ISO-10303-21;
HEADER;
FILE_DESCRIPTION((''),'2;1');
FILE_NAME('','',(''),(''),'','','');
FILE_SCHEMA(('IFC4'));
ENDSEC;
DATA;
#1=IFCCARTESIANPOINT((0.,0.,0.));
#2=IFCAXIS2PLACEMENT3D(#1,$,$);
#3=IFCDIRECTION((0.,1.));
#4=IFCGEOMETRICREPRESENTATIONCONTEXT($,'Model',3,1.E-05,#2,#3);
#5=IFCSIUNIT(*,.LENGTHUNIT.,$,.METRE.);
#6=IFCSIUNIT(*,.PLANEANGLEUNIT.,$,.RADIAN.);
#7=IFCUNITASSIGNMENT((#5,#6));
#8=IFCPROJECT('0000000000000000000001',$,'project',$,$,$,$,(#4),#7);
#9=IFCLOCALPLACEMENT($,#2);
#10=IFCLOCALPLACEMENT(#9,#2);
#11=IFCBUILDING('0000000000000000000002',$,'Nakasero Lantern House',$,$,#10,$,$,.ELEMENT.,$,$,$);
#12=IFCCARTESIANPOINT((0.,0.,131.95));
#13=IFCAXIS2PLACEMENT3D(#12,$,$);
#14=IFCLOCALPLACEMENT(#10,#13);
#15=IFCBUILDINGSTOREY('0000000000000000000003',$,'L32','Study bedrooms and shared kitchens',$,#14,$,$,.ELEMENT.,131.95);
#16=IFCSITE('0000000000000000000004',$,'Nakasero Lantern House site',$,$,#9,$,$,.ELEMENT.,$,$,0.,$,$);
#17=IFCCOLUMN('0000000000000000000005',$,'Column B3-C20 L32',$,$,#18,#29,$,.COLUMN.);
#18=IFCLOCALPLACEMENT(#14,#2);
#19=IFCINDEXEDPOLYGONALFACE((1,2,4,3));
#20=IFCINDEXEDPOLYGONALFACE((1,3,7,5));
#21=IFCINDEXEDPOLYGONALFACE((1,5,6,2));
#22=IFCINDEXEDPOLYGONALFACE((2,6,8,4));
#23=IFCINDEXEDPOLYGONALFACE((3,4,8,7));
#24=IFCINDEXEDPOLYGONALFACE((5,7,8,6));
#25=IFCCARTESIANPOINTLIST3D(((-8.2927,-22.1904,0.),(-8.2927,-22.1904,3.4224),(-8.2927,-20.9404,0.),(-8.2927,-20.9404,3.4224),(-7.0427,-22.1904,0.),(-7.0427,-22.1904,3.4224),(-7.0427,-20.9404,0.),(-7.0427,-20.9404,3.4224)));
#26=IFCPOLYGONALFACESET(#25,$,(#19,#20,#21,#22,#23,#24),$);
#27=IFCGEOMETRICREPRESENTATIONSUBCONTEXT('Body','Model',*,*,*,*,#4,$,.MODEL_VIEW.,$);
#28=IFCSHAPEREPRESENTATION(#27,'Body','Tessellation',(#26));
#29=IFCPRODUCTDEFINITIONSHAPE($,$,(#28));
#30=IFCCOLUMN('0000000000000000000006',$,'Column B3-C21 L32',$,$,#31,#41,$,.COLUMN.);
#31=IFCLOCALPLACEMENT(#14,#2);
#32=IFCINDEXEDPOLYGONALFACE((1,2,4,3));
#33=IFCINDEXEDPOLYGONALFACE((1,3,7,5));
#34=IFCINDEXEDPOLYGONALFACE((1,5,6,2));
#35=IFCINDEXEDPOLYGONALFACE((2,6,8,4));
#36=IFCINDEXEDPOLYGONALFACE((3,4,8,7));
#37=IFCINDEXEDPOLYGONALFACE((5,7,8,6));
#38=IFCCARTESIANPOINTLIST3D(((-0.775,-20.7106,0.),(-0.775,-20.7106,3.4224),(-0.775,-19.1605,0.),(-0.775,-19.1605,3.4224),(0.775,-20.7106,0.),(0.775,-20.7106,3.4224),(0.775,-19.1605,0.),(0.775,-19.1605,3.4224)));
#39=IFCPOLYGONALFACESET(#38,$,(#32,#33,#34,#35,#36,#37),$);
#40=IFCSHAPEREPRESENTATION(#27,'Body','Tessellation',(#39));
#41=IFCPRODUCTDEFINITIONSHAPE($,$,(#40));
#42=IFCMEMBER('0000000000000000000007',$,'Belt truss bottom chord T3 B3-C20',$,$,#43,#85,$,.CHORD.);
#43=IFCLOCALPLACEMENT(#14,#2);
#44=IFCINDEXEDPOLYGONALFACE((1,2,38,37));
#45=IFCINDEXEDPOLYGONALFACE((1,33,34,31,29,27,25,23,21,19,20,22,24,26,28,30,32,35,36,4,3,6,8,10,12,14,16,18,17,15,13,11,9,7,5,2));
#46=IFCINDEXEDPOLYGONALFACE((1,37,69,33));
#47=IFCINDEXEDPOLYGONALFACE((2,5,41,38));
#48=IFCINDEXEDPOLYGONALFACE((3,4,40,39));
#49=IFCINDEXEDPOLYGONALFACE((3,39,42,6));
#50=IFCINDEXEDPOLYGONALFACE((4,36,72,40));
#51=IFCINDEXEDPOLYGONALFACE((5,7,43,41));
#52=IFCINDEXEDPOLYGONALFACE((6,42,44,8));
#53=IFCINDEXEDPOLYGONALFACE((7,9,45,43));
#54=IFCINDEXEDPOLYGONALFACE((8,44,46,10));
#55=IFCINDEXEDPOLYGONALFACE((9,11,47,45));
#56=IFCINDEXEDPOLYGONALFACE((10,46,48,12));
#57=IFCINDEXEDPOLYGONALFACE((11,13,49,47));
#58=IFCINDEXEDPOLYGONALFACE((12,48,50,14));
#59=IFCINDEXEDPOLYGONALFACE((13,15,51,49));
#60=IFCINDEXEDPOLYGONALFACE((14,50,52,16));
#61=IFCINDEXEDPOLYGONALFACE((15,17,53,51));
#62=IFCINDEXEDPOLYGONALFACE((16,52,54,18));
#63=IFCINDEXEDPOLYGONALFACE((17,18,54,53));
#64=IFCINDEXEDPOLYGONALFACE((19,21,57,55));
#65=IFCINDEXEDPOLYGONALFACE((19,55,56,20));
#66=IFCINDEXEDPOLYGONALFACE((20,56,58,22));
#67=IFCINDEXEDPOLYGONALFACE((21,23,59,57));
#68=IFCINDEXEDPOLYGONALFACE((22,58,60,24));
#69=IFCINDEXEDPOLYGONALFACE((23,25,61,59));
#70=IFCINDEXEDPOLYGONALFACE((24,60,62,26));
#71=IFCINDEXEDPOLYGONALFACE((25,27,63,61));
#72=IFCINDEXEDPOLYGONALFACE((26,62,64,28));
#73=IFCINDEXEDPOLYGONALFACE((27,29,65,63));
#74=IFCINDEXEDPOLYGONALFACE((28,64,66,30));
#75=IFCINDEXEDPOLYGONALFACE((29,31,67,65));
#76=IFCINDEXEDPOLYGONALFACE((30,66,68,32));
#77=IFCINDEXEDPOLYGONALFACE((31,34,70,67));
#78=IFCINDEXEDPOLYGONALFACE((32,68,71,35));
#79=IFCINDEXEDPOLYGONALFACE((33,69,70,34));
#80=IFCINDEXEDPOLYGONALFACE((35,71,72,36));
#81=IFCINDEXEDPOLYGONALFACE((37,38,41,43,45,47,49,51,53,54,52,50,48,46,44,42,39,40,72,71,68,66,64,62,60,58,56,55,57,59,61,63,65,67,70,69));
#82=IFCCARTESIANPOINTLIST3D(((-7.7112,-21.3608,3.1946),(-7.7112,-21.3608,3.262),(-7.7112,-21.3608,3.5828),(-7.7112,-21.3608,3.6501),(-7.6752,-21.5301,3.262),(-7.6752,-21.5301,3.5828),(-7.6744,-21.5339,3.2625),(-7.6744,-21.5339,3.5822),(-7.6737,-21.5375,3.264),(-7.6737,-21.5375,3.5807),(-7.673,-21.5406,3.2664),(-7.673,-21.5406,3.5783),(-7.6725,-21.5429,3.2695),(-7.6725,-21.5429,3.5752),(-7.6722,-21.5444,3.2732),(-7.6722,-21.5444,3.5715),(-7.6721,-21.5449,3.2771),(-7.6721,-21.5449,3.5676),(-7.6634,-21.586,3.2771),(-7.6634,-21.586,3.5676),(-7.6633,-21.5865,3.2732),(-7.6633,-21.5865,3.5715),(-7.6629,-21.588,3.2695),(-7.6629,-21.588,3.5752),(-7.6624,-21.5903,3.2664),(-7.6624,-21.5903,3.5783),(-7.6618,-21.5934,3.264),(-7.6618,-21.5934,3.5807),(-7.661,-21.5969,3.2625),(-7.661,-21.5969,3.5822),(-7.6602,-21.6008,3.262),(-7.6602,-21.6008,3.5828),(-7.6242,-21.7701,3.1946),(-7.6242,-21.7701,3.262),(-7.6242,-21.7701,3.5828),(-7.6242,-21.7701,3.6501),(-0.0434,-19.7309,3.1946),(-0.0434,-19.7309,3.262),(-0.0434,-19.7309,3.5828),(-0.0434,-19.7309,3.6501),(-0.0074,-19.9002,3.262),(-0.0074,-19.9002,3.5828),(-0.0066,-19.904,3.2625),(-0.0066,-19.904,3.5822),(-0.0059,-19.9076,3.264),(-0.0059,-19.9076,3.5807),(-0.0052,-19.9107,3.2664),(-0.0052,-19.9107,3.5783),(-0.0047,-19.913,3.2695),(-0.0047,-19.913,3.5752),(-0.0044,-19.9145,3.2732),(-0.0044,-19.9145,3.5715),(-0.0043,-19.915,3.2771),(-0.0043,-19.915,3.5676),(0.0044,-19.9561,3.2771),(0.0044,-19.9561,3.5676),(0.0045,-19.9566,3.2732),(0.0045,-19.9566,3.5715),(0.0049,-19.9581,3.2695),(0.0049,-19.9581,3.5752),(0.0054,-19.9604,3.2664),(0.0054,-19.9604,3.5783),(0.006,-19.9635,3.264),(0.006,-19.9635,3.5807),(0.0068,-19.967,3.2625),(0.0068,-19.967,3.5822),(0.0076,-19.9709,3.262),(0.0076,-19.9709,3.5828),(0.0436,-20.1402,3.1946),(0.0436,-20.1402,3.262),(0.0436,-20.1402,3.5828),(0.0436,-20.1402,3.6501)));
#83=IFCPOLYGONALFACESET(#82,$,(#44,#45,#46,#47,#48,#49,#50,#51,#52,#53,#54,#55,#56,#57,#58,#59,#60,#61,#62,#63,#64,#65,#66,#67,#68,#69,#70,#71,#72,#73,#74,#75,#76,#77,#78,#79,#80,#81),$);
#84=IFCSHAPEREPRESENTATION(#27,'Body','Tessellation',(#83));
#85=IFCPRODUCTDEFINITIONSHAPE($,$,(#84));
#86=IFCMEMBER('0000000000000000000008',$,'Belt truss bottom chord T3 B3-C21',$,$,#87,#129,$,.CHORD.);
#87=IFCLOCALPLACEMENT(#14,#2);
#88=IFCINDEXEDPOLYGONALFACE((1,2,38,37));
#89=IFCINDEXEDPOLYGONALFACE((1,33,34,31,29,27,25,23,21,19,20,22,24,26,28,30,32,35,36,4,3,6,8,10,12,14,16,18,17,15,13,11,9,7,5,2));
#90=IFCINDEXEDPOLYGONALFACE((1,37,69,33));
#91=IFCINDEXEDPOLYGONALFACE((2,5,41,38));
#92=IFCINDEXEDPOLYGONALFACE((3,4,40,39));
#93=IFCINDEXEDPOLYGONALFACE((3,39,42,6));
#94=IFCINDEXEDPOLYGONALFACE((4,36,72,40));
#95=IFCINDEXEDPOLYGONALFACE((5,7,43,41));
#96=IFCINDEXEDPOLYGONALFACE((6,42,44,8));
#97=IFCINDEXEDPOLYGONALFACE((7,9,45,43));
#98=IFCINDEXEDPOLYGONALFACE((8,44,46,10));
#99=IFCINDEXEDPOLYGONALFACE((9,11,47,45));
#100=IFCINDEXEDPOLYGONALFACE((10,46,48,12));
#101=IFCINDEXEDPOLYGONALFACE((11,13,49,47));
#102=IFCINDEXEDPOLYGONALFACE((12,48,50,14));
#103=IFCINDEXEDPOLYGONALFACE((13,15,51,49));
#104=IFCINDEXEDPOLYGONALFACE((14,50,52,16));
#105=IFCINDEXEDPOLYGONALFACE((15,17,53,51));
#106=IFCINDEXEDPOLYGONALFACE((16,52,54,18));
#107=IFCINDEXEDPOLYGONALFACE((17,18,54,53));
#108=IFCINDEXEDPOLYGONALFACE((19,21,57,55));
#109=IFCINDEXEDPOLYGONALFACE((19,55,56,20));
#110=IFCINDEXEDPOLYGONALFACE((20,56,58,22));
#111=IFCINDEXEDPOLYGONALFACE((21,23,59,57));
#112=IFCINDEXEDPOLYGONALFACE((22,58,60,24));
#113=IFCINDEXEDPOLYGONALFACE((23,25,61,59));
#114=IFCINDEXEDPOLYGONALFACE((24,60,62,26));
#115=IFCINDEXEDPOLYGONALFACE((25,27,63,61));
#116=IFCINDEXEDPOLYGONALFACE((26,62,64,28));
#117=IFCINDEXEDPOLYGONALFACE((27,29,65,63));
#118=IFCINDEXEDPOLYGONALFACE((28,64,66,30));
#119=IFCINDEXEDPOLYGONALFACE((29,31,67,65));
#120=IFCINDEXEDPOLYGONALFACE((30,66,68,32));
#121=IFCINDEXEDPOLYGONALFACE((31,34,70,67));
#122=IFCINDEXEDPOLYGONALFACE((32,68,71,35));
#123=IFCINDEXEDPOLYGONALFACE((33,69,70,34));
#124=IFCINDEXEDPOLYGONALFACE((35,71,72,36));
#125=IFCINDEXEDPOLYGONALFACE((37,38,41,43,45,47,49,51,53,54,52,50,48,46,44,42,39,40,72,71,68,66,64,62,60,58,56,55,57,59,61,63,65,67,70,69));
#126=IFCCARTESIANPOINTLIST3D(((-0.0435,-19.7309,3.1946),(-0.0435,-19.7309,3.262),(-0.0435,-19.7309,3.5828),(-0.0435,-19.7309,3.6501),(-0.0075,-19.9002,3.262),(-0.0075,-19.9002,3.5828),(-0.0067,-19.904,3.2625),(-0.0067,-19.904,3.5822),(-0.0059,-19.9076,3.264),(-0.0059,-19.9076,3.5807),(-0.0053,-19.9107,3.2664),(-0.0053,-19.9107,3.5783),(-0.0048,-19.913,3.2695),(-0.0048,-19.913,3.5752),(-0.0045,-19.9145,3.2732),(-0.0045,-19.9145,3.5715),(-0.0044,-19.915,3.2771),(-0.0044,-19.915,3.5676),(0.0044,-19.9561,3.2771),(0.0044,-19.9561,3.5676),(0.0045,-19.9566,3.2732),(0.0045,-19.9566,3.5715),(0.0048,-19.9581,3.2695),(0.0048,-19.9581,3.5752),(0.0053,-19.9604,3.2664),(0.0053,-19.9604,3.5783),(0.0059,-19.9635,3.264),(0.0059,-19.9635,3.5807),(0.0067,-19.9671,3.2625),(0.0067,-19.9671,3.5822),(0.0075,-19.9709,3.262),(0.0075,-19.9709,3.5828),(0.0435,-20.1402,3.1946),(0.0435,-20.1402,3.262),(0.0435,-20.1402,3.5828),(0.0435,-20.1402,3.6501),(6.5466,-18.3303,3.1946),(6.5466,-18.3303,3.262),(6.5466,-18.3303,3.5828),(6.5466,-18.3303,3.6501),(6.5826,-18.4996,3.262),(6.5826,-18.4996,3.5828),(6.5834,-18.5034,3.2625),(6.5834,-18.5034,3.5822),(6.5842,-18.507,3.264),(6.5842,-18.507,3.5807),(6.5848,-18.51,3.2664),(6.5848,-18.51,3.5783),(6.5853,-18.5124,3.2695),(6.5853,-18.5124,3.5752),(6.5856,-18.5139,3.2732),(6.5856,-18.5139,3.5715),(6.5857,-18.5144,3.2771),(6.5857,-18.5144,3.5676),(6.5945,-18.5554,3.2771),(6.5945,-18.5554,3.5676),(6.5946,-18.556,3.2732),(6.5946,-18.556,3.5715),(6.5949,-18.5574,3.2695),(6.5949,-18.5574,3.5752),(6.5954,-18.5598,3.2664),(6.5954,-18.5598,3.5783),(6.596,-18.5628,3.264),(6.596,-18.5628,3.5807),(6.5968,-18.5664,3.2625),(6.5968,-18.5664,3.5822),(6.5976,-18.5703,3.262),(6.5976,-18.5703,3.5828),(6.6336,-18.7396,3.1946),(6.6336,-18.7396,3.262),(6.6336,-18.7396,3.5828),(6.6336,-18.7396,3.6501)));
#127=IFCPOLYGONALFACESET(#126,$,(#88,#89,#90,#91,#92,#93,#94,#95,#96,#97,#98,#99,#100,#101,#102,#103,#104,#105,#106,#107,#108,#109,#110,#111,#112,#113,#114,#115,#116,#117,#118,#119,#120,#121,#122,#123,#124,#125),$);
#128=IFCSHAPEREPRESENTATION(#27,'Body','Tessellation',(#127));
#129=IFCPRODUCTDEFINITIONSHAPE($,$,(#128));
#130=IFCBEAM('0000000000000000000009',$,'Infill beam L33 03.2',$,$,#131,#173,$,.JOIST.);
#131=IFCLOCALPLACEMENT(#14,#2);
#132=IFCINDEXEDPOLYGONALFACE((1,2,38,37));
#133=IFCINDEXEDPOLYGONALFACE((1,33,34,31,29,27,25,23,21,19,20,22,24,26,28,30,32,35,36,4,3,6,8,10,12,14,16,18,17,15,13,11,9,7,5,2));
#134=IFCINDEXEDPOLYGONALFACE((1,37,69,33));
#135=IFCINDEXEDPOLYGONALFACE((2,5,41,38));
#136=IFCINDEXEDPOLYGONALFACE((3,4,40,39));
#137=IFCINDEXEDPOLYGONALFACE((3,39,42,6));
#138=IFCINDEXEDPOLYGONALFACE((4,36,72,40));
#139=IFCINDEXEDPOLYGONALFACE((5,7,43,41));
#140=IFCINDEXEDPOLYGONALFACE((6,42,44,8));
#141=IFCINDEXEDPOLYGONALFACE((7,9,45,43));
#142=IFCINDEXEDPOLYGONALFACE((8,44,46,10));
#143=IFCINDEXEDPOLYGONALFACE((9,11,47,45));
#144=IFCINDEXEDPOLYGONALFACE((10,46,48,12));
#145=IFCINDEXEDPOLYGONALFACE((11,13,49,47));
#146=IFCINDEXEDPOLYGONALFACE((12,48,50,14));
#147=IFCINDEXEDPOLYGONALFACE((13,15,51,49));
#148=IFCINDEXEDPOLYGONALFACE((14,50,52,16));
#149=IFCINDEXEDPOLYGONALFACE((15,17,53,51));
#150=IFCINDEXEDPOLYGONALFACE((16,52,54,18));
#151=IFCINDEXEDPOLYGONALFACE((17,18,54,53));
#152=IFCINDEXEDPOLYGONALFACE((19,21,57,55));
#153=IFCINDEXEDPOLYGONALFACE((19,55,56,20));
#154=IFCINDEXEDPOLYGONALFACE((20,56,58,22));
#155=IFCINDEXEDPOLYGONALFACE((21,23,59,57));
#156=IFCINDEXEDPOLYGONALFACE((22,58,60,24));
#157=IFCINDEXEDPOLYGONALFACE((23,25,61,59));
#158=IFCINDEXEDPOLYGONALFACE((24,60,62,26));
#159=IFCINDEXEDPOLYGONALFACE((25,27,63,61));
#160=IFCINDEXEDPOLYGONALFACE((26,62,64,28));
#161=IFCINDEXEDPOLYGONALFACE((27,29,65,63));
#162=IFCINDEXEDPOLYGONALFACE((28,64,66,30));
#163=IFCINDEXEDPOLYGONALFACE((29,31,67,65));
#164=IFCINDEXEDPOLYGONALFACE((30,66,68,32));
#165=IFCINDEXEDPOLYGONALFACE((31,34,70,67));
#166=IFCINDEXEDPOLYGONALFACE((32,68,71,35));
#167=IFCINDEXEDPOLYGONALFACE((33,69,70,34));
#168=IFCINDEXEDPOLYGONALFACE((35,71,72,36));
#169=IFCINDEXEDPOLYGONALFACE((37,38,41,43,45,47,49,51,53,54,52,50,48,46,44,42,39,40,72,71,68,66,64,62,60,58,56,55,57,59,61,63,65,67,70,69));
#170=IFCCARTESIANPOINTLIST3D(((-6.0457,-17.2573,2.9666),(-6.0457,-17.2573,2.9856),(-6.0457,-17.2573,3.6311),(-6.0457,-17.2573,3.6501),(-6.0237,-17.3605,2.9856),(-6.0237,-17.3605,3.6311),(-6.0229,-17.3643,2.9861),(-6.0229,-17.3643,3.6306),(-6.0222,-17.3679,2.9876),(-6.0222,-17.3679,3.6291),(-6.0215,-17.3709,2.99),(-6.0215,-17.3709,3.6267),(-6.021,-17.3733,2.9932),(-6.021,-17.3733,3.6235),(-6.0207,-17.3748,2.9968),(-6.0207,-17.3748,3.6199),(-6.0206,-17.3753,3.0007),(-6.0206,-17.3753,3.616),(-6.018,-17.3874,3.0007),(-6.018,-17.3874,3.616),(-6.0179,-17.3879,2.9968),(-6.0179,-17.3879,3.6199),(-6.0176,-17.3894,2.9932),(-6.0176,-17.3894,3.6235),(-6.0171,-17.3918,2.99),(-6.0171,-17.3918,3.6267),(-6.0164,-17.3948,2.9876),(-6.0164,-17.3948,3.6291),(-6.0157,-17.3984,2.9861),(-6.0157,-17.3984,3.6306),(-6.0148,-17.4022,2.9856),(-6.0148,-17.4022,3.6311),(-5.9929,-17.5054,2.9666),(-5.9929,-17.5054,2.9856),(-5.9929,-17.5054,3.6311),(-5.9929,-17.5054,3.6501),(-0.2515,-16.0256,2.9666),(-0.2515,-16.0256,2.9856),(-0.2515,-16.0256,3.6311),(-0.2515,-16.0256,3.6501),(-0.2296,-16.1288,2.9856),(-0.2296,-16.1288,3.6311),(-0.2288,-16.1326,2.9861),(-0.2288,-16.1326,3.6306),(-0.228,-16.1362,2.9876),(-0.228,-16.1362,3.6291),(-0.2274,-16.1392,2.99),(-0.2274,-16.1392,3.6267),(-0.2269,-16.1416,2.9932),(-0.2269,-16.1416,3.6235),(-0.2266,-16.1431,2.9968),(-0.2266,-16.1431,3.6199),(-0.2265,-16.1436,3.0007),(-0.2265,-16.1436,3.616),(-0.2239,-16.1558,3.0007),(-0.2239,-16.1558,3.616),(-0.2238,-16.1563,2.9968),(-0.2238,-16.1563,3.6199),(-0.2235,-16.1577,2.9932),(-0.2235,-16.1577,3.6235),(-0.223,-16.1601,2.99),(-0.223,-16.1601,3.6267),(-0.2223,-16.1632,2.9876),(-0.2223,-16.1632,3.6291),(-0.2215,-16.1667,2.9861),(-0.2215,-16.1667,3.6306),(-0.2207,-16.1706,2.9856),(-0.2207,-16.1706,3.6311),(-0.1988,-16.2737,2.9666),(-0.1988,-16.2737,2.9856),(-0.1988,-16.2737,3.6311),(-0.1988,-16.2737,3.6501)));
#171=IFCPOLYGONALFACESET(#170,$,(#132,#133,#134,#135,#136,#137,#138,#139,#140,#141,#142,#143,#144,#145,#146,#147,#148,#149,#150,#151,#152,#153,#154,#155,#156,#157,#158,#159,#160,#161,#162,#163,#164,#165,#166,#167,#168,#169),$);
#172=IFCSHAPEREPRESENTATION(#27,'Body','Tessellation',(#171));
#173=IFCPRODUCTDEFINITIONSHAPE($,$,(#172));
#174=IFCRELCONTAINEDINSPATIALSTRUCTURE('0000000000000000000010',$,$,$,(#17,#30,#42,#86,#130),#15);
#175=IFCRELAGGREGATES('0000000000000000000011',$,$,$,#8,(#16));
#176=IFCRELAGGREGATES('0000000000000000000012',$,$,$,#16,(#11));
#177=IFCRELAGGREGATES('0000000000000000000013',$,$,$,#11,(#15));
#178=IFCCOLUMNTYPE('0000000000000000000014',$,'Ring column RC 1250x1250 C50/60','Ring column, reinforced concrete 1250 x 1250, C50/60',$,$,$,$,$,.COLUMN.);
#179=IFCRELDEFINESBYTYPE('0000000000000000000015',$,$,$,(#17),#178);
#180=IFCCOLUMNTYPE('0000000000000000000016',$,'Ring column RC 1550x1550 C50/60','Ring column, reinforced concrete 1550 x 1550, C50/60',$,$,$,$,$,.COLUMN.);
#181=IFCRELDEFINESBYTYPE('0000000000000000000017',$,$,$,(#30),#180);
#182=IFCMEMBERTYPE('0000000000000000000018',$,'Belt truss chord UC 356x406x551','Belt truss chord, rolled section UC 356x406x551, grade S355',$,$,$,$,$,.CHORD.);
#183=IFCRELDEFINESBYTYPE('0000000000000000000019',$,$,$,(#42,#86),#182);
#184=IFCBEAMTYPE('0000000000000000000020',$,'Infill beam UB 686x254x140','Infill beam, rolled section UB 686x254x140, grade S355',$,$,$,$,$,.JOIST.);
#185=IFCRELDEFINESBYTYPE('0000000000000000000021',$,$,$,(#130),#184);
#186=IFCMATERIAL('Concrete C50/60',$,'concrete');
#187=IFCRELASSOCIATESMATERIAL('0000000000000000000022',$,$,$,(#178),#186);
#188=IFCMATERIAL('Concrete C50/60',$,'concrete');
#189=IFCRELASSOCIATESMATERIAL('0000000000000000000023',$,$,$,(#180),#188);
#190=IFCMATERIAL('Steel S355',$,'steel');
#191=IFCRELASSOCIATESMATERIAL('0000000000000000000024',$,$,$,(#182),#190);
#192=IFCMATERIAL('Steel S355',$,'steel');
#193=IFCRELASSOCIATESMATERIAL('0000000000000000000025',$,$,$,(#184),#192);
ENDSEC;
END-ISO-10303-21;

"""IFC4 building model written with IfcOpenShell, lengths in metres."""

from ifc_helpers import new_model, si_unit, direction, frame, origin, origin_2d, place, context, subcontext, project, spatial, rectangle, i_section, extrude, material, material_profile, profile_set, type_object, element, save


model = new_model("IFC4")

# Units and contexts
model_context = context("Model", 3, precision=1e-05, world=origin(), true_north=direction((0.0, 1.0)))
body_context = subcontext(model_context, "Body", "Model", "MODEL_VIEW")
ifc_project = project(units=[si_unit("LENGTHUNIT", "METRE"), si_unit("PLANEANGLEUNIT", "RADIAN")], contexts=[model_context])

# Site, building, storey
site_placement = place(None, origin())
site = spatial("IfcSite", under=ifc_project, at=site_placement, Name="Nakasero Lantern House site", CompositionType="ELEMENT", RefElevation=0.0)
building_placement = place(site_placement, origin())
building = spatial("IfcBuilding", under=site, at=building_placement, Name="Nakasero Lantern House", CompositionType="ELEMENT")
storey_placement = place(building_placement, frame((0.0, 0.0, 131.95)))
storey = spatial("IfcBuildingStorey", under=building, at=storey_placement, Name="L32", Description="Study bedrooms and shared kitchens", CompositionType="ELEMENT", Elevation=131.95)

# Columns
ifc_material_1 = material(Name="Concrete C50/60", Category="concrete")
ifc_material_profile_1 = material_profile(ifc_material_1, rectangle(XDim=1.25, YDim=1.25, at=origin_2d()), Name="RC 1250x1250")
ifc_profile_set_1 = profile_set([ifc_material_profile_1], Name="Concrete C50/60")
column_type_1 = type_object("IfcColumnType", Name="Ring column RC 1250x1250 C50/60", Description="Ring column, reinforced concrete 1250 x 1250, C50/60", PredefinedType="COLUMN", material=ifc_profile_set_1)
column_1_placement = place(storey_placement, frame((-7.6677, -21.5654, 0.0), z_axis=(0.0, 0.0, 1.0), x_axis=(1.0, 0.0, 0.0)))
element("IfcColumn", 1, at=column_1_placement, inside=storey, type_object=column_type_1, Name="Column B3-C20 L32", PredefinedType="COLUMN", context=body_context, shape_type="SweptSolid", body=[
    extrude(rectangle(XDim=1.25, YDim=1.25, at=origin_2d()), origin(), (0.0, 0.0, 1.0), 3.4224),
])
ifc_material_2 = material(Name="Concrete C50/60", Category="concrete")
ifc_material_profile_2 = material_profile(ifc_material_2, rectangle(XDim=1.55, YDim=1.55, at=origin_2d()), Name="RC 1550x1550")
ifc_profile_set_2 = profile_set([ifc_material_profile_2], Name="Concrete C50/60")
column_type_2 = type_object("IfcColumnType", Name="Ring column RC 1550x1550 C50/60", Description="Ring column, reinforced concrete 1550 x 1550, C50/60", PredefinedType="COLUMN", material=ifc_profile_set_2)
column_2_placement = place(storey_placement, frame((0.0, -19.9355, 0.0), z_axis=(0.0, 0.0, 1.0), x_axis=(1.0, 0.0, 0.0)))
element("IfcColumn", 2, at=column_2_placement, inside=storey, type_object=column_type_2, Name="Column B3-C21 L32", PredefinedType="COLUMN", context=body_context, shape_type="SweptSolid", body=[
    extrude(rectangle(XDim=1.55, YDim=1.55, at=origin_2d()), origin(), (0.0, 0.0, 1.0), 3.4224),
])

# Members
ifc_material_3 = material(Name="Steel S355", Category="steel")
ifc_material_profile_3 = material_profile(ifc_material_3, i_section(OverallWidth=0.4185, OverallDepth=0.4556, WebThickness=0.042, FlangeThickness=0.0674, FilletRadius=0.0151, at=origin_2d()), Name="UC 356x406x551")
ifc_profile_set_3 = profile_set([ifc_material_profile_3], Name="Steel S355")
member_type = type_object("IfcMemberType", Name="Belt truss chord UC 356x406x551", Description="Belt truss chord, rolled section UC 356x406x551, grade S355", PredefinedType="CHORD", material=ifc_profile_set_3)
member_1_placement = place(storey_placement, frame((-7.6677, -21.5654, 3.4224), z_axis=(0.978146, 0.207919, 0.0), x_axis=(-0.207919, 0.978146, 0.0)))
element("IfcMember", 3, at=member_1_placement, inside=storey, type_object=member_type, Name="Belt truss bottom chord T3 B3-C20", PredefinedType="CHORD", context=body_context, shape_type="SweptSolid", body=[
    extrude(i_section(OverallWidth=0.4185, OverallDepth=0.4556, WebThickness=0.042, FlangeThickness=0.0674, FilletRadius=0.0151, at=origin_2d()), origin(), (0.0, 0.0, 1.0), 7.8391),
])
member_2_placement = place(storey_placement, frame((0.0, -19.9355, 3.4224), z_axis=(0.978152, 0.207893, 0.0), x_axis=(-0.207893, 0.978152, 0.0)))
element("IfcMember", 4, at=member_2_placement, inside=storey, type_object=member_type, Name="Belt truss bottom chord T3 B3-C21", PredefinedType="CHORD", context=body_context, shape_type="SweptSolid", body=[
    extrude(i_section(OverallWidth=0.4185, OverallDepth=0.4556, WebThickness=0.042, FlangeThickness=0.0674, FilletRadius=0.0151, at=origin_2d()), origin(), (0.0, 0.0, 1.0), 6.7373),
])

# Beam
ifc_material_4 = material(Name="Steel S355", Category="steel")
ifc_material_profile_4 = material_profile(ifc_material_4, i_section(OverallWidth=0.2537, OverallDepth=0.6836, WebThickness=0.0125, FlangeThickness=0.019, FilletRadius=0.0151, at=origin_2d()), Name="UB 686x254x140")
ifc_profile_set_4 = profile_set([ifc_material_profile_4], Name="Steel S355")
beam_type_1 = type_object("IfcBeamType", Name="Infill beam UB 686x254x140", Description="Infill beam, rolled section UB 686x254x140, grade S355", PredefinedType="JOIST", material=ifc_profile_set_4)
beam_1_placement = place(storey_placement, frame((-6.0193, -17.3813, 3.3083), z_axis=(0.978144, 0.207927, 0.0), x_axis=(-0.207927, 0.978144, 0.0)))
element("IfcBeam", 5, at=beam_1_placement, inside=storey, type_object=beam_type_1, Name="Infill beam L33 03.2", PredefinedType="JOIST", context=body_context, shape_type="SweptSolid", body=[
    extrude(i_section(OverallWidth=0.2537, OverallDepth=0.6836, WebThickness=0.0125, FlangeThickness=0.019, FilletRadius=0.0151, at=origin_2d()), origin(), (0.0, 0.0, 1.0), 5.9236),
])

save(model, "model.ifc")
